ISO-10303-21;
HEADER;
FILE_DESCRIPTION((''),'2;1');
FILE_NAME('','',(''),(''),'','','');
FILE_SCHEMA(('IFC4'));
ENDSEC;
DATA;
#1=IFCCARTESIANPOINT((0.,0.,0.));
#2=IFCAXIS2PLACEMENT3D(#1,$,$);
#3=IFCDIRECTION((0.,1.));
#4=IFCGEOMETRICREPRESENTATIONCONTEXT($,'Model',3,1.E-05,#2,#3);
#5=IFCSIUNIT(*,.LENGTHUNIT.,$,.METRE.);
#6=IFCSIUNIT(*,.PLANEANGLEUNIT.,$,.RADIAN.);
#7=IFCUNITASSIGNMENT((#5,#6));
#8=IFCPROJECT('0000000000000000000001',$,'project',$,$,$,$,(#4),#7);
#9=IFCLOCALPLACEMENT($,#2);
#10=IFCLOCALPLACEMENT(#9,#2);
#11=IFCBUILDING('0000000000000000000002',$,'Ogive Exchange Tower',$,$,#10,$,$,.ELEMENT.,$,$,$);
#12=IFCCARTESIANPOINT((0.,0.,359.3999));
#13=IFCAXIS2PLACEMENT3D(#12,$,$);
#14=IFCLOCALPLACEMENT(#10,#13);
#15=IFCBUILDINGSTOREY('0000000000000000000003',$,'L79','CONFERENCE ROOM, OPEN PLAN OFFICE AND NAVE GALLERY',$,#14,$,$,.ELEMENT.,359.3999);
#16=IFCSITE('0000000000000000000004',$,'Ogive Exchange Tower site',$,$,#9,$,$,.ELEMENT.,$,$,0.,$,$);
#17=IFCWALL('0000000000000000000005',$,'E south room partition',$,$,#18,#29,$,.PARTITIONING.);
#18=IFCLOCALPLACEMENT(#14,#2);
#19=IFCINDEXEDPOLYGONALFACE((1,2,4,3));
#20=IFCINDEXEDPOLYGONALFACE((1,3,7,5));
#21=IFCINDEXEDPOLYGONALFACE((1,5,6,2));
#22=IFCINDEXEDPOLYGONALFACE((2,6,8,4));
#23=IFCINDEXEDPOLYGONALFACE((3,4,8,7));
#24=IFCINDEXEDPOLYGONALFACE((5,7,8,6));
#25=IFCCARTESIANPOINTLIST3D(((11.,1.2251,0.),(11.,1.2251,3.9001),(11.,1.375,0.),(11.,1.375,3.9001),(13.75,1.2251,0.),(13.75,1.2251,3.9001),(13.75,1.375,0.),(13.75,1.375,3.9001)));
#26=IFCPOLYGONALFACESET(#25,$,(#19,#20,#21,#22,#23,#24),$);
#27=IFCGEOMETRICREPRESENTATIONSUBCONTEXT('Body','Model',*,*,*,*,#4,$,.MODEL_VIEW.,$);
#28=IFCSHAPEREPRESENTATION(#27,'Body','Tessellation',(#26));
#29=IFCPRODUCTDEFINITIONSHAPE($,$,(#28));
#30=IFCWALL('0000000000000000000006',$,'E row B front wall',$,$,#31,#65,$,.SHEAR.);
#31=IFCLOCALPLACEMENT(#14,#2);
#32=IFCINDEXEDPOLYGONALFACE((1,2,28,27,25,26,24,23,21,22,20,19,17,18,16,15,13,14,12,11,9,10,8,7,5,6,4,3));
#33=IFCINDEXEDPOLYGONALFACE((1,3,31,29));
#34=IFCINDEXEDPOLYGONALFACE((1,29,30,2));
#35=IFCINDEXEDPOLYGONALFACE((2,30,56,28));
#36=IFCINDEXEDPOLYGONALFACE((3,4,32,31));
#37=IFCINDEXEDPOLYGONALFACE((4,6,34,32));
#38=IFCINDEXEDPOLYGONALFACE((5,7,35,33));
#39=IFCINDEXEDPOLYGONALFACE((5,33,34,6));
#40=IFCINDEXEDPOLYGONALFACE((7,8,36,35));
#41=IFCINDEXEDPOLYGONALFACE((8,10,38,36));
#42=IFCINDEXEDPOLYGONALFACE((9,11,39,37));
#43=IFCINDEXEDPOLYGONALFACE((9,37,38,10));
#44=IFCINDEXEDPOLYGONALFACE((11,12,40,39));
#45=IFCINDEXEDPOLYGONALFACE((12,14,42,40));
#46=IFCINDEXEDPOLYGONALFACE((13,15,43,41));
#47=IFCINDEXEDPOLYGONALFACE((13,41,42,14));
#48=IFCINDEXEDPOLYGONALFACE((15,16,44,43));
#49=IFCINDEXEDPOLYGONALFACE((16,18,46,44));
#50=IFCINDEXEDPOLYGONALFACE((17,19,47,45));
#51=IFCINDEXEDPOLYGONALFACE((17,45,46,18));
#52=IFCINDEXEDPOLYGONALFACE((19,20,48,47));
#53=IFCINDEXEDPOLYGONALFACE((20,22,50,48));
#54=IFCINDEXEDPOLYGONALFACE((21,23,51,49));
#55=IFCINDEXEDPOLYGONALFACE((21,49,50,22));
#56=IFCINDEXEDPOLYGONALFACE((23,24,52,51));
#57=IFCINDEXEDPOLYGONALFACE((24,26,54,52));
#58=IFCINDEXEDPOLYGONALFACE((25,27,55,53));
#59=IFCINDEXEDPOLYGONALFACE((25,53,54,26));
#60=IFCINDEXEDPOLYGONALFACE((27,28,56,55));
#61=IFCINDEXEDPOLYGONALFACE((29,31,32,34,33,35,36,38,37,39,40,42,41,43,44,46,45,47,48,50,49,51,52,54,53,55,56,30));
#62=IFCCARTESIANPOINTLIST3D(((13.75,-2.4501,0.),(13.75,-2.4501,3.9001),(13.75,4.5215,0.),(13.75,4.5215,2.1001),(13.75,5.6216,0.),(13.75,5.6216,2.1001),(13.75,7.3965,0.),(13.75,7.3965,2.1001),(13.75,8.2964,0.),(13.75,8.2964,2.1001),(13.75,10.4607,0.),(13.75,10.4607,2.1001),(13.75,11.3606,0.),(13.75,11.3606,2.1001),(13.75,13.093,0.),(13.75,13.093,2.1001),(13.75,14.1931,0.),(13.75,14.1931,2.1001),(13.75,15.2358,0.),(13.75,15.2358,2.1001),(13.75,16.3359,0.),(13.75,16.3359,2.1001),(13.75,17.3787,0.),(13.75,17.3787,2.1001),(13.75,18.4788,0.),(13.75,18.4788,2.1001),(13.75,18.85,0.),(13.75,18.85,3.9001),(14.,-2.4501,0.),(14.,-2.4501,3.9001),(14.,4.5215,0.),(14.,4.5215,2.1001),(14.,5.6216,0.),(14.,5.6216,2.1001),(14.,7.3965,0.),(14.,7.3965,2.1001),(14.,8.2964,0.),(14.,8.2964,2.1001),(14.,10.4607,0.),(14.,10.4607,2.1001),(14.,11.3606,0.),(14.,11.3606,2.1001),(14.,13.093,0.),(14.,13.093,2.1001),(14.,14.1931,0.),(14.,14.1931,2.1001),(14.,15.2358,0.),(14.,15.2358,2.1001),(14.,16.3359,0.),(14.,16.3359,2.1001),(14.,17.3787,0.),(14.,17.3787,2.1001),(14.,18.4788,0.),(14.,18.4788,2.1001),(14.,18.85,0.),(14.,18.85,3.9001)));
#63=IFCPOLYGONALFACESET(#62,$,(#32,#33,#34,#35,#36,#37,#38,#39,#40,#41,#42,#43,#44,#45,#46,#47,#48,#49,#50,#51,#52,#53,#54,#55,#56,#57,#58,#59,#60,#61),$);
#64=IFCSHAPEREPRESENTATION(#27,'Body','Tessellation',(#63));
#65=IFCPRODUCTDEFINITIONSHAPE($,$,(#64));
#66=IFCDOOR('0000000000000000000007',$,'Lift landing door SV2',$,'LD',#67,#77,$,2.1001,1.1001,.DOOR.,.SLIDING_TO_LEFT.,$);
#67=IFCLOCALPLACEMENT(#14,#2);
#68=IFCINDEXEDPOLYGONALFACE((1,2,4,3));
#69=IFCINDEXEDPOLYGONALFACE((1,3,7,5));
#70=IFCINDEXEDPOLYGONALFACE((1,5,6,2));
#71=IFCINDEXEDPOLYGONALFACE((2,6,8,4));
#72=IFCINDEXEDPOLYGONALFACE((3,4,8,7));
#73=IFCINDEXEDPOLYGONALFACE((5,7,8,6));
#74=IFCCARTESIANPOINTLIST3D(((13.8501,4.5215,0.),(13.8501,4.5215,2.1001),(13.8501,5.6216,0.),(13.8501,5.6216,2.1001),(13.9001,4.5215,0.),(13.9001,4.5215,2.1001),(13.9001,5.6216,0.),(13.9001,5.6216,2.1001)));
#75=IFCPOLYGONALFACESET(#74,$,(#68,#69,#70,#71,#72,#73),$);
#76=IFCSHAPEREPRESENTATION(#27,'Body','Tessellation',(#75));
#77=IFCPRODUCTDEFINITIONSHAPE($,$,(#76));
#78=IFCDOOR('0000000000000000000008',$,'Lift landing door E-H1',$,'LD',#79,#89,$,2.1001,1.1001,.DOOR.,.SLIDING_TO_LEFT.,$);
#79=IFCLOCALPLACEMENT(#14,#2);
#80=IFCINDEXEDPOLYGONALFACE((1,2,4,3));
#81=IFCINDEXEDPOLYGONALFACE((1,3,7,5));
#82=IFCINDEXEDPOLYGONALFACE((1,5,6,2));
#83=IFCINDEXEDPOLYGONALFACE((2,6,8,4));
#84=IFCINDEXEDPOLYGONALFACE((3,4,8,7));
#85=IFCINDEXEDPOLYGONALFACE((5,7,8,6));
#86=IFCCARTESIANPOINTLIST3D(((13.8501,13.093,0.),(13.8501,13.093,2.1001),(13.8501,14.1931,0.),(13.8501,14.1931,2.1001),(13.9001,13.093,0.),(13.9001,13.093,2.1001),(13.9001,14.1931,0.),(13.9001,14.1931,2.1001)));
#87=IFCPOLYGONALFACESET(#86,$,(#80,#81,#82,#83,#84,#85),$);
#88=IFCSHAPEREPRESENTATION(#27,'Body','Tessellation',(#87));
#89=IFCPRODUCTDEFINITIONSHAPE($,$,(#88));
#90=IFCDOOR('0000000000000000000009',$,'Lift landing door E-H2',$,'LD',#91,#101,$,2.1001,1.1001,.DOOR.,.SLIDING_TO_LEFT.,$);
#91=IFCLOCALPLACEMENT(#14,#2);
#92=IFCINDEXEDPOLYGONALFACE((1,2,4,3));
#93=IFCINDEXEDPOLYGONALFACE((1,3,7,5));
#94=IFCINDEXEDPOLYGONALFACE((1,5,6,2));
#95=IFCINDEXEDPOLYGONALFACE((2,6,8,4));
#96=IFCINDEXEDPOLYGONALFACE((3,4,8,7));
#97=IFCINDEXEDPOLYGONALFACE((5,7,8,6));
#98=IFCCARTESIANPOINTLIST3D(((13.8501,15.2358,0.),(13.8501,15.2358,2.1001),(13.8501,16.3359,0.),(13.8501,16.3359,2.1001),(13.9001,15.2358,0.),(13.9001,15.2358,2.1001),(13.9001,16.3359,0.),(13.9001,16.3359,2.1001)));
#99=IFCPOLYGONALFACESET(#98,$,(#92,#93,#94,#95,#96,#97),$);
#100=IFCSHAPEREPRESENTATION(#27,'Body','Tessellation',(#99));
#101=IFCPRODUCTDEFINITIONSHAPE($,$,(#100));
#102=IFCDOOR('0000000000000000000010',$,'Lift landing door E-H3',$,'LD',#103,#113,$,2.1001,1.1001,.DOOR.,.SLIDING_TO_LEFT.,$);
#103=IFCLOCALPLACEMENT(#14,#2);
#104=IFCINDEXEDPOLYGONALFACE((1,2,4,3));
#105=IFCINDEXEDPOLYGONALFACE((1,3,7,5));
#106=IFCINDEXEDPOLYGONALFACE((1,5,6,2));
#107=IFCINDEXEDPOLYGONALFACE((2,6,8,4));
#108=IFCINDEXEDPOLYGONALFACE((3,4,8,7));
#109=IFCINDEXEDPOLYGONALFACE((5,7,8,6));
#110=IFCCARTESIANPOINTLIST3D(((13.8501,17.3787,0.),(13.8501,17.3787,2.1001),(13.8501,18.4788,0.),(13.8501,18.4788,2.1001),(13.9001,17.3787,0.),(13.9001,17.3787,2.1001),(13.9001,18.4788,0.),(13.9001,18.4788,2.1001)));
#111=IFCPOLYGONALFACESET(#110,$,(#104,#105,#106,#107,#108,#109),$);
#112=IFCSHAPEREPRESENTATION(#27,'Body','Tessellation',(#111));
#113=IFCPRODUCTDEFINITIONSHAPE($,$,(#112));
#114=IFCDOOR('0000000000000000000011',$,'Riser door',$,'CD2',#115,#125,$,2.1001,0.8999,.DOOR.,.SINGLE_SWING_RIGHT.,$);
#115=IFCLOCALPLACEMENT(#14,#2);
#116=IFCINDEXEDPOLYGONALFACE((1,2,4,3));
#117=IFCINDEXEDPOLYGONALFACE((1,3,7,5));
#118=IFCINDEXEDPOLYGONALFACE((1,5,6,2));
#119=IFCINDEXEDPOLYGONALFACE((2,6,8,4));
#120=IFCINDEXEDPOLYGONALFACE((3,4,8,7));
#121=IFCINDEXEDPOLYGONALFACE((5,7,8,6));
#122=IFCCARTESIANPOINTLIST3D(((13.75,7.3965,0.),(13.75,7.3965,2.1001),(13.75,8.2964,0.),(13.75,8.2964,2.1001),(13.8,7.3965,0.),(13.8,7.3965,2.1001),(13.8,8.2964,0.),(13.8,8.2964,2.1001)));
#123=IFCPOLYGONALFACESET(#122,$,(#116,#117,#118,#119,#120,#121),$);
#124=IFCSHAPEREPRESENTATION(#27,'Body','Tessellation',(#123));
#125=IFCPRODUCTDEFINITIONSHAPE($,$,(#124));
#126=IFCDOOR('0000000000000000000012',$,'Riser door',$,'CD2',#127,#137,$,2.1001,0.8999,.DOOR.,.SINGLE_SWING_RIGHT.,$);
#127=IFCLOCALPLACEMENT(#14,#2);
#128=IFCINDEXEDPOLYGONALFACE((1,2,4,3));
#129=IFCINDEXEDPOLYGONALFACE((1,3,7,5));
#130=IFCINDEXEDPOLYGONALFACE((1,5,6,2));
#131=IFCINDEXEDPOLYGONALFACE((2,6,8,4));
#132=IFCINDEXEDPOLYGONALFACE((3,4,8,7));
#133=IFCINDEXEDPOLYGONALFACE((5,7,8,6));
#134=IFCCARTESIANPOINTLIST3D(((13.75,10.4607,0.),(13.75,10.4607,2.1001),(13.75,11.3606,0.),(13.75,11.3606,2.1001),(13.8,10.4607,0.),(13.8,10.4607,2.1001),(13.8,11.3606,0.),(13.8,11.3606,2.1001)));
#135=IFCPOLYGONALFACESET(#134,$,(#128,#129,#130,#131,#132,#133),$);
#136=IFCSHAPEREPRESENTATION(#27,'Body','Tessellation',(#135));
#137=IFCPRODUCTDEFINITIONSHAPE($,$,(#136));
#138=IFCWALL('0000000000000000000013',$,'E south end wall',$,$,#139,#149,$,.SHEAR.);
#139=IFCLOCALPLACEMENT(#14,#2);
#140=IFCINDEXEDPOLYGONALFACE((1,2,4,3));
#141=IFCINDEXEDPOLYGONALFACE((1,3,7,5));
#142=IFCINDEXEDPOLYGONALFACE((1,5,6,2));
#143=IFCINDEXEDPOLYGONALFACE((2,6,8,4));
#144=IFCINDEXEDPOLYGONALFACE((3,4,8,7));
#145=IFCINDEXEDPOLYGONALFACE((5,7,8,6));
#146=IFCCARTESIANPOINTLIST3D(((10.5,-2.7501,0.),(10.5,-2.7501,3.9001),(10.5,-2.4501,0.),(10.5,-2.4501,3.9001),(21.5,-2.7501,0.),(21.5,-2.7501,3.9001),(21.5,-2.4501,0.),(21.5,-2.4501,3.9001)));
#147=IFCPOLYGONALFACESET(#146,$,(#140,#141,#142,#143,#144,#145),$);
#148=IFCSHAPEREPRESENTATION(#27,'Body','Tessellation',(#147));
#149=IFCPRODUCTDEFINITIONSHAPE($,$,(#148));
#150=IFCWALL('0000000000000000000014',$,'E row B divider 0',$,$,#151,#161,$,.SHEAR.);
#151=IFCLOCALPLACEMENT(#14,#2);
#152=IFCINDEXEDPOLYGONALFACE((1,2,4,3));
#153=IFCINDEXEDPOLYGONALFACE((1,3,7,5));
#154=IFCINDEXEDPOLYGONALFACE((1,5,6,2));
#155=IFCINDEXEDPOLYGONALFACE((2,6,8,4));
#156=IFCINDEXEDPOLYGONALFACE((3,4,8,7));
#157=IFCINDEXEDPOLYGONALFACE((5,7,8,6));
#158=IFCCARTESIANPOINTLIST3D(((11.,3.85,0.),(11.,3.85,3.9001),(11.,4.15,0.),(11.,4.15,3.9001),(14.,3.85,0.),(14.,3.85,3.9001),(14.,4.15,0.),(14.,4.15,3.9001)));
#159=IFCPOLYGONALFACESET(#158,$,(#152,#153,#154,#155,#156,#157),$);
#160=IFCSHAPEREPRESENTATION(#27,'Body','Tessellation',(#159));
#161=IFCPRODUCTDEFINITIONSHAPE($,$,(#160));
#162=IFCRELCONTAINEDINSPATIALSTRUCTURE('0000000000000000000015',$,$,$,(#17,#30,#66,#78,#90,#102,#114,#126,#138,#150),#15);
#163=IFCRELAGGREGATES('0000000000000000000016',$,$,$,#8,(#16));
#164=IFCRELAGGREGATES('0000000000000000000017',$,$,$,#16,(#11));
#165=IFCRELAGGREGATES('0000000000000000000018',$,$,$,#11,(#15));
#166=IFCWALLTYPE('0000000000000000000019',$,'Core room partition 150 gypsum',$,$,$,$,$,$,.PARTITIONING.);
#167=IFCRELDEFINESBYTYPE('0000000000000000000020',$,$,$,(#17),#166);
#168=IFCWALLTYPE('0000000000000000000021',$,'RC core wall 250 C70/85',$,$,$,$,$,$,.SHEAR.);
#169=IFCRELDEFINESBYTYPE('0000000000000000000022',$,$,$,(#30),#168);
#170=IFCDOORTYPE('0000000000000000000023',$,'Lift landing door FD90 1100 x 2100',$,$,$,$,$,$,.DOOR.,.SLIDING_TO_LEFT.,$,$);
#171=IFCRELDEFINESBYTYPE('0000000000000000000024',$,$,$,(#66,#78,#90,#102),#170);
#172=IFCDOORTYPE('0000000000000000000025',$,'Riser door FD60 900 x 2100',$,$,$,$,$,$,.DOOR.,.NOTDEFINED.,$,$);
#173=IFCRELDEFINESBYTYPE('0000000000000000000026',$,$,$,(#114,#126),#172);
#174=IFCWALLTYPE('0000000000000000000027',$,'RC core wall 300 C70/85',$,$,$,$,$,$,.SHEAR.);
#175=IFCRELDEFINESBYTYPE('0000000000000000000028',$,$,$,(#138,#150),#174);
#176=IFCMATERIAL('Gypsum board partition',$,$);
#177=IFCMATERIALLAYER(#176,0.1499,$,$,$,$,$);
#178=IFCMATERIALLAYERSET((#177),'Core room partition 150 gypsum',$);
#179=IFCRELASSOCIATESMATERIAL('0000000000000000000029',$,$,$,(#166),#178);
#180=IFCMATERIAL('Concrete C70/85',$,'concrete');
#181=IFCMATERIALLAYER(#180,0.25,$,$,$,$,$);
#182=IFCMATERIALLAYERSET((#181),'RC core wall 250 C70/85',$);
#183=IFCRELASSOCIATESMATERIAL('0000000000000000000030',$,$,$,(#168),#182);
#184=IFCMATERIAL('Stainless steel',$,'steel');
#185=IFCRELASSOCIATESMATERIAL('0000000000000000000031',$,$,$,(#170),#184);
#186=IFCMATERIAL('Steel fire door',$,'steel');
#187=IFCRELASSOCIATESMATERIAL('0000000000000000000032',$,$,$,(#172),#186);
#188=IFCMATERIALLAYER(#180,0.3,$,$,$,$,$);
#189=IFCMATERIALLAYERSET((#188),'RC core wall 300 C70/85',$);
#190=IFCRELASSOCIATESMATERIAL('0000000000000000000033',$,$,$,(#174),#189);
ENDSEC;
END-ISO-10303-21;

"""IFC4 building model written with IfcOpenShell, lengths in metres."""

from ifc_helpers import new_model, si_unit, direction, frame, frame_2d, origin, place, context, subcontext, project, spatial, rectangle, extrude, material, layer, layer_set, type_object, element, fill, save


model = new_model("IFC4")

# Units and contexts
model_context = context("Model", 3, precision=1e-05, world=origin(), true_north=direction((0.0, 1.0)))
body_context = subcontext(model_context, "Body", "Model", "MODEL_VIEW")
ifc_project = project(units=[si_unit("LENGTHUNIT", "METRE"), si_unit("PLANEANGLEUNIT", "RADIAN")], contexts=[model_context])

# Site, building, storey
site_placement = place(None, origin())
site = spatial("IfcSite", under=ifc_project, at=site_placement, Name="Ogive Exchange Tower site", CompositionType="ELEMENT", RefElevation=0.0)
building_placement = place(site_placement, origin())
building = spatial("IfcBuilding", under=site, at=building_placement, Name="Ogive Exchange Tower", CompositionType="ELEMENT")
storey_placement = place(building_placement, frame((0.0, 0.0, 359.3999)))
storey = spatial("IfcBuildingStorey", under=building, at=storey_placement, Name="L79", Description="CONFERENCE ROOM, OPEN PLAN OFFICE AND NAVE GALLERY", CompositionType="ELEMENT", Elevation=359.3999)

# Wall
ifc_material_1 = material(Name="Gypsum board partition")
ifc_layer_1 = layer(ifc_material_1, 0.1499)
ifc_layer_set_1 = layer_set([ifc_layer_1], Name="Core room partition 150 gypsum")
wall_type_1 = type_object("IfcWallType", Name="Core room partition 150 gypsum", PredefinedType="PARTITIONING", material=ifc_layer_set_1)
wall_1_placement = place(storey_placement, frame((11.0, 1.3, 0.0), z_axis=(0.0, 0.0, 1.0), x_axis=(1.0, 0.0, 0.0)))
element("IfcWall", 1, at=wall_1_placement, inside=storey, type_object=wall_type_1, Name="E south room partition", PredefinedType="PARTITIONING", context=body_context, shape_type="SweptSolid", body=[
    extrude(rectangle(XDim=2.75, YDim=0.1499, at=frame_2d((1.375, 0.0))), origin(), (0.0, 0.0, 1.0), 3.9001),
])

# Wall, openings, doors
ifc_material_2 = material(Name="Concrete C70/85", Category="concrete")
ifc_layer_2 = layer(ifc_material_2, 0.25)
ifc_layer_set_2 = layer_set([ifc_layer_2], Name="RC core wall 250 C70/85")
wall_type_2 = type_object("IfcWallType", Name="RC core wall 250 C70/85", PredefinedType="SHEAR", material=ifc_layer_set_2)
wall_2_placement = place(storey_placement, frame((13.875, -2.45, 0.0), z_axis=(0.0, 0.0, 1.0), x_axis=(0.0, 1.0, 0.0)))
wall_2 = element("IfcWall", 2, at=wall_2_placement, inside=storey, type_object=wall_type_2, Name="E row B front wall", PredefinedType="SHEAR", context=body_context, shape_type="SweptSolid", body=[
    extrude(rectangle(XDim=21.3, YDim=0.25, at=frame_2d((10.6499, 0.0))), origin(), (0.0, 0.0, 1.0), 3.9001),
])
opening_1_placement = place(wall_2_placement, frame((9.8464, 0.0, 0.0)))
opening_1 = element("IfcOpeningElement", 3, at=opening_1_placement, cuts=wall_2, PredefinedType="OPENING", context=body_context, shape_type="SweptSolid", body=[
    extrude(rectangle(XDim=0.8999, YDim=2.1001, at=frame_2d((0.45, 1.05))), frame((0.0, 0.135, 0.0), z_axis=(0.0, -1.0, 0.0), x_axis=(1.0, 0.0, 0.0)), (0.0, 0.0, 1.0), 0.27),
])
opening_2_placement = place(wall_2_placement, frame((12.9106, 0.0, 0.0)))
opening_2 = element("IfcOpeningElement", 4, at=opening_2_placement, cuts=wall_2, PredefinedType="OPENING", context=body_context, shape_type="SweptSolid", body=[
    extrude(rectangle(XDim=0.8999, YDim=2.1001, at=frame_2d((0.45, 1.05))), frame((0.0, 0.135, 0.0), z_axis=(0.0, -1.0, 0.0), x_axis=(1.0, 0.0, 0.0)), (0.0, 0.0, 1.0), 0.27),
])
opening_3_placement = place(wall_2_placement, frame((6.9714, 0.0, 0.0)))
opening_3 = element("IfcOpeningElement", 5, at=opening_3_placement, cuts=wall_2, PredefinedType="OPENING", context=body_context, shape_type="SweptSolid", body=[
    extrude(rectangle(XDim=1.1001, YDim=2.1001, at=frame_2d((0.55, 1.05))), frame((0.0, 0.135, 0.0), z_axis=(0.0, -1.0, 0.0), x_axis=(1.0, 0.0, 0.0)), (0.0, 0.0, 1.0), 0.27),
])
opening_4_placement = place(wall_2_placement, frame((15.543, 0.0, 0.0)))
opening_4 = element("IfcOpeningElement", 6, at=opening_4_placement, cuts=wall_2, PredefinedType="OPENING", context=body_context, shape_type="SweptSolid", body=[
    extrude(rectangle(XDim=1.1001, YDim=2.1001, at=frame_2d((0.55, 1.05))), frame((0.0, 0.135, 0.0), z_axis=(0.0, -1.0, 0.0), x_axis=(1.0, 0.0, 0.0)), (0.0, 0.0, 1.0), 0.27),
])
opening_5_placement = place(wall_2_placement, frame((17.6858, 0.0, 0.0)))
opening_5 = element("IfcOpeningElement", 7, at=opening_5_placement, cuts=wall_2, PredefinedType="OPENING", context=body_context, shape_type="SweptSolid", body=[
    extrude(rectangle(XDim=1.1001, YDim=2.1001, at=frame_2d((0.55, 1.05))), frame((0.0, 0.135, 0.0), z_axis=(0.0, -1.0, 0.0), x_axis=(1.0, 0.0, 0.0)), (0.0, 0.0, 1.0), 0.27),
])
opening_6_placement = place(wall_2_placement, frame((19.8286, 0.0, 0.0)))
opening_6 = element("IfcOpeningElement", 8, at=opening_6_placement, cuts=wall_2, PredefinedType="OPENING", context=body_context, shape_type="SweptSolid", body=[
    extrude(rectangle(XDim=1.1001, YDim=2.1001, at=frame_2d((0.55, 1.05))), frame((0.0, 0.135, 0.0), z_axis=(0.0, -1.0, 0.0), x_axis=(1.0, 0.0, 0.0)), (0.0, 0.0, 1.0), 0.27),
])
ifc_material_3 = material(Name="Stainless steel", Category="steel")
door_type_1 = type_object("IfcDoorType", Name="Lift landing door FD90 1100 x 2100", OperationType="SLIDING_TO_LEFT", PredefinedType="DOOR", material=ifc_material_3)
door_1_placement = place(opening_3_placement, origin())
door_1 = element("IfcDoor", 9, at=door_1_placement, inside=storey, type_object=door_type_1, Name="Lift landing door SV2", ObjectType="LD", OperationType="SLIDING_TO_LEFT", OverallHeight=2.1001, OverallWidth=1.1001, PredefinedType="DOOR", context=body_context, shape_type="SweptSolid", body=[
    extrude(rectangle(XDim=1.1001, YDim=2.1001, at=frame_2d((0.55, 1.05))), frame((0.0, 0.0249, 0.0), z_axis=(0.0, -1.0, 0.0), x_axis=(1.0, 0.0, 0.0)), (0.0, 0.0, 1.0), 0.05),
])
fill(opening_3, door_1)
door_2_placement = place(opening_4_placement, origin())
door_2 = element("IfcDoor", 10, at=door_2_placement, inside=storey, type_object=door_type_1, Name="Lift landing door E-H1", ObjectType="LD", OperationType="SLIDING_TO_LEFT", OverallHeight=2.1001, OverallWidth=1.1001, PredefinedType="DOOR", context=body_context, shape_type="SweptSolid", body=[
    extrude(rectangle(XDim=1.1001, YDim=2.1001, at=frame_2d((0.55, 1.05))), frame((0.0, 0.0249, 0.0), z_axis=(0.0, -1.0, 0.0), x_axis=(1.0, 0.0, 0.0)), (0.0, 0.0, 1.0), 0.05),
])
fill(opening_4, door_2)
door_3_placement = place(opening_5_placement, origin())
door_3 = element("IfcDoor", 11, at=door_3_placement, inside=storey, type_object=door_type_1, Name="Lift landing door E-H2", ObjectType="LD", OperationType="SLIDING_TO_LEFT", OverallHeight=2.1001, OverallWidth=1.1001, PredefinedType="DOOR", context=body_context, shape_type="SweptSolid", body=[
    extrude(rectangle(XDim=1.1001, YDim=2.1001, at=frame_2d((0.55, 1.05))), frame((0.0, 0.0249, 0.0), z_axis=(0.0, -1.0, 0.0), x_axis=(1.0, 0.0, 0.0)), (0.0, 0.0, 1.0), 0.05),
])
fill(opening_5, door_3)
door_4_placement = place(opening_6_placement, origin())
door_4 = element("IfcDoor", 12, at=door_4_placement, inside=storey, type_object=door_type_1, Name="Lift landing door E-H3", ObjectType="LD", OperationType="SLIDING_TO_LEFT", OverallHeight=2.1001, OverallWidth=1.1001, PredefinedType="DOOR", context=body_context, shape_type="SweptSolid", body=[
    extrude(rectangle(XDim=1.1001, YDim=2.1001, at=frame_2d((0.55, 1.05))), frame((0.0, 0.0249, 0.0), z_axis=(0.0, -1.0, 0.0), x_axis=(1.0, 0.0, 0.0)), (0.0, 0.0, 1.0), 0.05),
])
fill(opening_6, door_4)
ifc_material_4 = material(Name="Steel fire door", Category="steel")
door_type_2 = type_object("IfcDoorType", Name="Riser door FD60 900 x 2100", OperationType="NOTDEFINED", PredefinedType="DOOR", material=ifc_material_4)
door_5_placement = place(opening_1_placement, origin())
door_5 = element("IfcDoor", 13, at=door_5_placement, inside=storey, type_object=door_type_2, Name="Riser door", ObjectType="CD2", OperationType="SINGLE_SWING_RIGHT", OverallHeight=2.1001, OverallWidth=0.8999, PredefinedType="DOOR", context=body_context, shape_type="SweptSolid", body=[
    extrude(rectangle(XDim=0.8999, YDim=2.1001, at=frame_2d((0.45, 1.05))), frame((0.0, 0.125, 0.0), z_axis=(0.0, -1.0, 0.0), x_axis=(1.0, 0.0, 0.0)), (0.0, 0.0, 1.0), 0.05),
])
fill(opening_1, door_5)
door_6_placement = place(opening_2_placement, origin())
door_6 = element("IfcDoor", 14, at=door_6_placement, inside=storey, type_object=door_type_2, Name="Riser door", ObjectType="CD2", OperationType="SINGLE_SWING_RIGHT", OverallHeight=2.1001, OverallWidth=0.8999, PredefinedType="DOOR", context=body_context, shape_type="SweptSolid", body=[
    extrude(rectangle(XDim=0.8999, YDim=2.1001, at=frame_2d((0.45, 1.05))), frame((0.0, 0.125, 0.0), z_axis=(0.0, -1.0, 0.0), x_axis=(1.0, 0.0, 0.0)), (0.0, 0.0, 1.0), 0.05),
])
fill(opening_2, door_6)

# Walls
ifc_layer_3 = layer(ifc_material_2, 0.3)
ifc_layer_set_3 = layer_set([ifc_layer_3], Name="RC core wall 300 C70/85")
wall_type_3 = type_object("IfcWallType", Name="RC core wall 300 C70/85", PredefinedType="SHEAR", material=ifc_layer_set_3)
wall_3_placement = place(storey_placement, frame((10.5, -2.6001, 0.0), z_axis=(0.0, 0.0, 1.0), x_axis=(1.0, 0.0, 0.0)))
element("IfcWall", 15, at=wall_3_placement, inside=storey, type_object=wall_type_3, Name="E south end wall", PredefinedType="SHEAR", context=body_context, shape_type="SweptSolid", body=[
    extrude(rectangle(XDim=11.0, YDim=0.3, at=frame_2d((5.5, 0.0))), origin(), (0.0, 0.0, 1.0), 3.9001),
])
wall_4_placement = place(storey_placement, frame((11.0, 4.0, 0.0), z_axis=(0.0, 0.0, 1.0), x_axis=(1.0, 0.0, 0.0)))
element("IfcWall", 16, at=wall_4_placement, inside=storey, type_object=wall_type_3, Name="E row B divider 0", PredefinedType="SHEAR", context=body_context, shape_type="SweptSolid", body=[
    extrude(rectangle(XDim=3.0, YDim=0.3, at=frame_2d((1.5, 0.0))), origin(), (0.0, 0.0, 1.0), 3.9001),
])

save(model, "model.ifc")
